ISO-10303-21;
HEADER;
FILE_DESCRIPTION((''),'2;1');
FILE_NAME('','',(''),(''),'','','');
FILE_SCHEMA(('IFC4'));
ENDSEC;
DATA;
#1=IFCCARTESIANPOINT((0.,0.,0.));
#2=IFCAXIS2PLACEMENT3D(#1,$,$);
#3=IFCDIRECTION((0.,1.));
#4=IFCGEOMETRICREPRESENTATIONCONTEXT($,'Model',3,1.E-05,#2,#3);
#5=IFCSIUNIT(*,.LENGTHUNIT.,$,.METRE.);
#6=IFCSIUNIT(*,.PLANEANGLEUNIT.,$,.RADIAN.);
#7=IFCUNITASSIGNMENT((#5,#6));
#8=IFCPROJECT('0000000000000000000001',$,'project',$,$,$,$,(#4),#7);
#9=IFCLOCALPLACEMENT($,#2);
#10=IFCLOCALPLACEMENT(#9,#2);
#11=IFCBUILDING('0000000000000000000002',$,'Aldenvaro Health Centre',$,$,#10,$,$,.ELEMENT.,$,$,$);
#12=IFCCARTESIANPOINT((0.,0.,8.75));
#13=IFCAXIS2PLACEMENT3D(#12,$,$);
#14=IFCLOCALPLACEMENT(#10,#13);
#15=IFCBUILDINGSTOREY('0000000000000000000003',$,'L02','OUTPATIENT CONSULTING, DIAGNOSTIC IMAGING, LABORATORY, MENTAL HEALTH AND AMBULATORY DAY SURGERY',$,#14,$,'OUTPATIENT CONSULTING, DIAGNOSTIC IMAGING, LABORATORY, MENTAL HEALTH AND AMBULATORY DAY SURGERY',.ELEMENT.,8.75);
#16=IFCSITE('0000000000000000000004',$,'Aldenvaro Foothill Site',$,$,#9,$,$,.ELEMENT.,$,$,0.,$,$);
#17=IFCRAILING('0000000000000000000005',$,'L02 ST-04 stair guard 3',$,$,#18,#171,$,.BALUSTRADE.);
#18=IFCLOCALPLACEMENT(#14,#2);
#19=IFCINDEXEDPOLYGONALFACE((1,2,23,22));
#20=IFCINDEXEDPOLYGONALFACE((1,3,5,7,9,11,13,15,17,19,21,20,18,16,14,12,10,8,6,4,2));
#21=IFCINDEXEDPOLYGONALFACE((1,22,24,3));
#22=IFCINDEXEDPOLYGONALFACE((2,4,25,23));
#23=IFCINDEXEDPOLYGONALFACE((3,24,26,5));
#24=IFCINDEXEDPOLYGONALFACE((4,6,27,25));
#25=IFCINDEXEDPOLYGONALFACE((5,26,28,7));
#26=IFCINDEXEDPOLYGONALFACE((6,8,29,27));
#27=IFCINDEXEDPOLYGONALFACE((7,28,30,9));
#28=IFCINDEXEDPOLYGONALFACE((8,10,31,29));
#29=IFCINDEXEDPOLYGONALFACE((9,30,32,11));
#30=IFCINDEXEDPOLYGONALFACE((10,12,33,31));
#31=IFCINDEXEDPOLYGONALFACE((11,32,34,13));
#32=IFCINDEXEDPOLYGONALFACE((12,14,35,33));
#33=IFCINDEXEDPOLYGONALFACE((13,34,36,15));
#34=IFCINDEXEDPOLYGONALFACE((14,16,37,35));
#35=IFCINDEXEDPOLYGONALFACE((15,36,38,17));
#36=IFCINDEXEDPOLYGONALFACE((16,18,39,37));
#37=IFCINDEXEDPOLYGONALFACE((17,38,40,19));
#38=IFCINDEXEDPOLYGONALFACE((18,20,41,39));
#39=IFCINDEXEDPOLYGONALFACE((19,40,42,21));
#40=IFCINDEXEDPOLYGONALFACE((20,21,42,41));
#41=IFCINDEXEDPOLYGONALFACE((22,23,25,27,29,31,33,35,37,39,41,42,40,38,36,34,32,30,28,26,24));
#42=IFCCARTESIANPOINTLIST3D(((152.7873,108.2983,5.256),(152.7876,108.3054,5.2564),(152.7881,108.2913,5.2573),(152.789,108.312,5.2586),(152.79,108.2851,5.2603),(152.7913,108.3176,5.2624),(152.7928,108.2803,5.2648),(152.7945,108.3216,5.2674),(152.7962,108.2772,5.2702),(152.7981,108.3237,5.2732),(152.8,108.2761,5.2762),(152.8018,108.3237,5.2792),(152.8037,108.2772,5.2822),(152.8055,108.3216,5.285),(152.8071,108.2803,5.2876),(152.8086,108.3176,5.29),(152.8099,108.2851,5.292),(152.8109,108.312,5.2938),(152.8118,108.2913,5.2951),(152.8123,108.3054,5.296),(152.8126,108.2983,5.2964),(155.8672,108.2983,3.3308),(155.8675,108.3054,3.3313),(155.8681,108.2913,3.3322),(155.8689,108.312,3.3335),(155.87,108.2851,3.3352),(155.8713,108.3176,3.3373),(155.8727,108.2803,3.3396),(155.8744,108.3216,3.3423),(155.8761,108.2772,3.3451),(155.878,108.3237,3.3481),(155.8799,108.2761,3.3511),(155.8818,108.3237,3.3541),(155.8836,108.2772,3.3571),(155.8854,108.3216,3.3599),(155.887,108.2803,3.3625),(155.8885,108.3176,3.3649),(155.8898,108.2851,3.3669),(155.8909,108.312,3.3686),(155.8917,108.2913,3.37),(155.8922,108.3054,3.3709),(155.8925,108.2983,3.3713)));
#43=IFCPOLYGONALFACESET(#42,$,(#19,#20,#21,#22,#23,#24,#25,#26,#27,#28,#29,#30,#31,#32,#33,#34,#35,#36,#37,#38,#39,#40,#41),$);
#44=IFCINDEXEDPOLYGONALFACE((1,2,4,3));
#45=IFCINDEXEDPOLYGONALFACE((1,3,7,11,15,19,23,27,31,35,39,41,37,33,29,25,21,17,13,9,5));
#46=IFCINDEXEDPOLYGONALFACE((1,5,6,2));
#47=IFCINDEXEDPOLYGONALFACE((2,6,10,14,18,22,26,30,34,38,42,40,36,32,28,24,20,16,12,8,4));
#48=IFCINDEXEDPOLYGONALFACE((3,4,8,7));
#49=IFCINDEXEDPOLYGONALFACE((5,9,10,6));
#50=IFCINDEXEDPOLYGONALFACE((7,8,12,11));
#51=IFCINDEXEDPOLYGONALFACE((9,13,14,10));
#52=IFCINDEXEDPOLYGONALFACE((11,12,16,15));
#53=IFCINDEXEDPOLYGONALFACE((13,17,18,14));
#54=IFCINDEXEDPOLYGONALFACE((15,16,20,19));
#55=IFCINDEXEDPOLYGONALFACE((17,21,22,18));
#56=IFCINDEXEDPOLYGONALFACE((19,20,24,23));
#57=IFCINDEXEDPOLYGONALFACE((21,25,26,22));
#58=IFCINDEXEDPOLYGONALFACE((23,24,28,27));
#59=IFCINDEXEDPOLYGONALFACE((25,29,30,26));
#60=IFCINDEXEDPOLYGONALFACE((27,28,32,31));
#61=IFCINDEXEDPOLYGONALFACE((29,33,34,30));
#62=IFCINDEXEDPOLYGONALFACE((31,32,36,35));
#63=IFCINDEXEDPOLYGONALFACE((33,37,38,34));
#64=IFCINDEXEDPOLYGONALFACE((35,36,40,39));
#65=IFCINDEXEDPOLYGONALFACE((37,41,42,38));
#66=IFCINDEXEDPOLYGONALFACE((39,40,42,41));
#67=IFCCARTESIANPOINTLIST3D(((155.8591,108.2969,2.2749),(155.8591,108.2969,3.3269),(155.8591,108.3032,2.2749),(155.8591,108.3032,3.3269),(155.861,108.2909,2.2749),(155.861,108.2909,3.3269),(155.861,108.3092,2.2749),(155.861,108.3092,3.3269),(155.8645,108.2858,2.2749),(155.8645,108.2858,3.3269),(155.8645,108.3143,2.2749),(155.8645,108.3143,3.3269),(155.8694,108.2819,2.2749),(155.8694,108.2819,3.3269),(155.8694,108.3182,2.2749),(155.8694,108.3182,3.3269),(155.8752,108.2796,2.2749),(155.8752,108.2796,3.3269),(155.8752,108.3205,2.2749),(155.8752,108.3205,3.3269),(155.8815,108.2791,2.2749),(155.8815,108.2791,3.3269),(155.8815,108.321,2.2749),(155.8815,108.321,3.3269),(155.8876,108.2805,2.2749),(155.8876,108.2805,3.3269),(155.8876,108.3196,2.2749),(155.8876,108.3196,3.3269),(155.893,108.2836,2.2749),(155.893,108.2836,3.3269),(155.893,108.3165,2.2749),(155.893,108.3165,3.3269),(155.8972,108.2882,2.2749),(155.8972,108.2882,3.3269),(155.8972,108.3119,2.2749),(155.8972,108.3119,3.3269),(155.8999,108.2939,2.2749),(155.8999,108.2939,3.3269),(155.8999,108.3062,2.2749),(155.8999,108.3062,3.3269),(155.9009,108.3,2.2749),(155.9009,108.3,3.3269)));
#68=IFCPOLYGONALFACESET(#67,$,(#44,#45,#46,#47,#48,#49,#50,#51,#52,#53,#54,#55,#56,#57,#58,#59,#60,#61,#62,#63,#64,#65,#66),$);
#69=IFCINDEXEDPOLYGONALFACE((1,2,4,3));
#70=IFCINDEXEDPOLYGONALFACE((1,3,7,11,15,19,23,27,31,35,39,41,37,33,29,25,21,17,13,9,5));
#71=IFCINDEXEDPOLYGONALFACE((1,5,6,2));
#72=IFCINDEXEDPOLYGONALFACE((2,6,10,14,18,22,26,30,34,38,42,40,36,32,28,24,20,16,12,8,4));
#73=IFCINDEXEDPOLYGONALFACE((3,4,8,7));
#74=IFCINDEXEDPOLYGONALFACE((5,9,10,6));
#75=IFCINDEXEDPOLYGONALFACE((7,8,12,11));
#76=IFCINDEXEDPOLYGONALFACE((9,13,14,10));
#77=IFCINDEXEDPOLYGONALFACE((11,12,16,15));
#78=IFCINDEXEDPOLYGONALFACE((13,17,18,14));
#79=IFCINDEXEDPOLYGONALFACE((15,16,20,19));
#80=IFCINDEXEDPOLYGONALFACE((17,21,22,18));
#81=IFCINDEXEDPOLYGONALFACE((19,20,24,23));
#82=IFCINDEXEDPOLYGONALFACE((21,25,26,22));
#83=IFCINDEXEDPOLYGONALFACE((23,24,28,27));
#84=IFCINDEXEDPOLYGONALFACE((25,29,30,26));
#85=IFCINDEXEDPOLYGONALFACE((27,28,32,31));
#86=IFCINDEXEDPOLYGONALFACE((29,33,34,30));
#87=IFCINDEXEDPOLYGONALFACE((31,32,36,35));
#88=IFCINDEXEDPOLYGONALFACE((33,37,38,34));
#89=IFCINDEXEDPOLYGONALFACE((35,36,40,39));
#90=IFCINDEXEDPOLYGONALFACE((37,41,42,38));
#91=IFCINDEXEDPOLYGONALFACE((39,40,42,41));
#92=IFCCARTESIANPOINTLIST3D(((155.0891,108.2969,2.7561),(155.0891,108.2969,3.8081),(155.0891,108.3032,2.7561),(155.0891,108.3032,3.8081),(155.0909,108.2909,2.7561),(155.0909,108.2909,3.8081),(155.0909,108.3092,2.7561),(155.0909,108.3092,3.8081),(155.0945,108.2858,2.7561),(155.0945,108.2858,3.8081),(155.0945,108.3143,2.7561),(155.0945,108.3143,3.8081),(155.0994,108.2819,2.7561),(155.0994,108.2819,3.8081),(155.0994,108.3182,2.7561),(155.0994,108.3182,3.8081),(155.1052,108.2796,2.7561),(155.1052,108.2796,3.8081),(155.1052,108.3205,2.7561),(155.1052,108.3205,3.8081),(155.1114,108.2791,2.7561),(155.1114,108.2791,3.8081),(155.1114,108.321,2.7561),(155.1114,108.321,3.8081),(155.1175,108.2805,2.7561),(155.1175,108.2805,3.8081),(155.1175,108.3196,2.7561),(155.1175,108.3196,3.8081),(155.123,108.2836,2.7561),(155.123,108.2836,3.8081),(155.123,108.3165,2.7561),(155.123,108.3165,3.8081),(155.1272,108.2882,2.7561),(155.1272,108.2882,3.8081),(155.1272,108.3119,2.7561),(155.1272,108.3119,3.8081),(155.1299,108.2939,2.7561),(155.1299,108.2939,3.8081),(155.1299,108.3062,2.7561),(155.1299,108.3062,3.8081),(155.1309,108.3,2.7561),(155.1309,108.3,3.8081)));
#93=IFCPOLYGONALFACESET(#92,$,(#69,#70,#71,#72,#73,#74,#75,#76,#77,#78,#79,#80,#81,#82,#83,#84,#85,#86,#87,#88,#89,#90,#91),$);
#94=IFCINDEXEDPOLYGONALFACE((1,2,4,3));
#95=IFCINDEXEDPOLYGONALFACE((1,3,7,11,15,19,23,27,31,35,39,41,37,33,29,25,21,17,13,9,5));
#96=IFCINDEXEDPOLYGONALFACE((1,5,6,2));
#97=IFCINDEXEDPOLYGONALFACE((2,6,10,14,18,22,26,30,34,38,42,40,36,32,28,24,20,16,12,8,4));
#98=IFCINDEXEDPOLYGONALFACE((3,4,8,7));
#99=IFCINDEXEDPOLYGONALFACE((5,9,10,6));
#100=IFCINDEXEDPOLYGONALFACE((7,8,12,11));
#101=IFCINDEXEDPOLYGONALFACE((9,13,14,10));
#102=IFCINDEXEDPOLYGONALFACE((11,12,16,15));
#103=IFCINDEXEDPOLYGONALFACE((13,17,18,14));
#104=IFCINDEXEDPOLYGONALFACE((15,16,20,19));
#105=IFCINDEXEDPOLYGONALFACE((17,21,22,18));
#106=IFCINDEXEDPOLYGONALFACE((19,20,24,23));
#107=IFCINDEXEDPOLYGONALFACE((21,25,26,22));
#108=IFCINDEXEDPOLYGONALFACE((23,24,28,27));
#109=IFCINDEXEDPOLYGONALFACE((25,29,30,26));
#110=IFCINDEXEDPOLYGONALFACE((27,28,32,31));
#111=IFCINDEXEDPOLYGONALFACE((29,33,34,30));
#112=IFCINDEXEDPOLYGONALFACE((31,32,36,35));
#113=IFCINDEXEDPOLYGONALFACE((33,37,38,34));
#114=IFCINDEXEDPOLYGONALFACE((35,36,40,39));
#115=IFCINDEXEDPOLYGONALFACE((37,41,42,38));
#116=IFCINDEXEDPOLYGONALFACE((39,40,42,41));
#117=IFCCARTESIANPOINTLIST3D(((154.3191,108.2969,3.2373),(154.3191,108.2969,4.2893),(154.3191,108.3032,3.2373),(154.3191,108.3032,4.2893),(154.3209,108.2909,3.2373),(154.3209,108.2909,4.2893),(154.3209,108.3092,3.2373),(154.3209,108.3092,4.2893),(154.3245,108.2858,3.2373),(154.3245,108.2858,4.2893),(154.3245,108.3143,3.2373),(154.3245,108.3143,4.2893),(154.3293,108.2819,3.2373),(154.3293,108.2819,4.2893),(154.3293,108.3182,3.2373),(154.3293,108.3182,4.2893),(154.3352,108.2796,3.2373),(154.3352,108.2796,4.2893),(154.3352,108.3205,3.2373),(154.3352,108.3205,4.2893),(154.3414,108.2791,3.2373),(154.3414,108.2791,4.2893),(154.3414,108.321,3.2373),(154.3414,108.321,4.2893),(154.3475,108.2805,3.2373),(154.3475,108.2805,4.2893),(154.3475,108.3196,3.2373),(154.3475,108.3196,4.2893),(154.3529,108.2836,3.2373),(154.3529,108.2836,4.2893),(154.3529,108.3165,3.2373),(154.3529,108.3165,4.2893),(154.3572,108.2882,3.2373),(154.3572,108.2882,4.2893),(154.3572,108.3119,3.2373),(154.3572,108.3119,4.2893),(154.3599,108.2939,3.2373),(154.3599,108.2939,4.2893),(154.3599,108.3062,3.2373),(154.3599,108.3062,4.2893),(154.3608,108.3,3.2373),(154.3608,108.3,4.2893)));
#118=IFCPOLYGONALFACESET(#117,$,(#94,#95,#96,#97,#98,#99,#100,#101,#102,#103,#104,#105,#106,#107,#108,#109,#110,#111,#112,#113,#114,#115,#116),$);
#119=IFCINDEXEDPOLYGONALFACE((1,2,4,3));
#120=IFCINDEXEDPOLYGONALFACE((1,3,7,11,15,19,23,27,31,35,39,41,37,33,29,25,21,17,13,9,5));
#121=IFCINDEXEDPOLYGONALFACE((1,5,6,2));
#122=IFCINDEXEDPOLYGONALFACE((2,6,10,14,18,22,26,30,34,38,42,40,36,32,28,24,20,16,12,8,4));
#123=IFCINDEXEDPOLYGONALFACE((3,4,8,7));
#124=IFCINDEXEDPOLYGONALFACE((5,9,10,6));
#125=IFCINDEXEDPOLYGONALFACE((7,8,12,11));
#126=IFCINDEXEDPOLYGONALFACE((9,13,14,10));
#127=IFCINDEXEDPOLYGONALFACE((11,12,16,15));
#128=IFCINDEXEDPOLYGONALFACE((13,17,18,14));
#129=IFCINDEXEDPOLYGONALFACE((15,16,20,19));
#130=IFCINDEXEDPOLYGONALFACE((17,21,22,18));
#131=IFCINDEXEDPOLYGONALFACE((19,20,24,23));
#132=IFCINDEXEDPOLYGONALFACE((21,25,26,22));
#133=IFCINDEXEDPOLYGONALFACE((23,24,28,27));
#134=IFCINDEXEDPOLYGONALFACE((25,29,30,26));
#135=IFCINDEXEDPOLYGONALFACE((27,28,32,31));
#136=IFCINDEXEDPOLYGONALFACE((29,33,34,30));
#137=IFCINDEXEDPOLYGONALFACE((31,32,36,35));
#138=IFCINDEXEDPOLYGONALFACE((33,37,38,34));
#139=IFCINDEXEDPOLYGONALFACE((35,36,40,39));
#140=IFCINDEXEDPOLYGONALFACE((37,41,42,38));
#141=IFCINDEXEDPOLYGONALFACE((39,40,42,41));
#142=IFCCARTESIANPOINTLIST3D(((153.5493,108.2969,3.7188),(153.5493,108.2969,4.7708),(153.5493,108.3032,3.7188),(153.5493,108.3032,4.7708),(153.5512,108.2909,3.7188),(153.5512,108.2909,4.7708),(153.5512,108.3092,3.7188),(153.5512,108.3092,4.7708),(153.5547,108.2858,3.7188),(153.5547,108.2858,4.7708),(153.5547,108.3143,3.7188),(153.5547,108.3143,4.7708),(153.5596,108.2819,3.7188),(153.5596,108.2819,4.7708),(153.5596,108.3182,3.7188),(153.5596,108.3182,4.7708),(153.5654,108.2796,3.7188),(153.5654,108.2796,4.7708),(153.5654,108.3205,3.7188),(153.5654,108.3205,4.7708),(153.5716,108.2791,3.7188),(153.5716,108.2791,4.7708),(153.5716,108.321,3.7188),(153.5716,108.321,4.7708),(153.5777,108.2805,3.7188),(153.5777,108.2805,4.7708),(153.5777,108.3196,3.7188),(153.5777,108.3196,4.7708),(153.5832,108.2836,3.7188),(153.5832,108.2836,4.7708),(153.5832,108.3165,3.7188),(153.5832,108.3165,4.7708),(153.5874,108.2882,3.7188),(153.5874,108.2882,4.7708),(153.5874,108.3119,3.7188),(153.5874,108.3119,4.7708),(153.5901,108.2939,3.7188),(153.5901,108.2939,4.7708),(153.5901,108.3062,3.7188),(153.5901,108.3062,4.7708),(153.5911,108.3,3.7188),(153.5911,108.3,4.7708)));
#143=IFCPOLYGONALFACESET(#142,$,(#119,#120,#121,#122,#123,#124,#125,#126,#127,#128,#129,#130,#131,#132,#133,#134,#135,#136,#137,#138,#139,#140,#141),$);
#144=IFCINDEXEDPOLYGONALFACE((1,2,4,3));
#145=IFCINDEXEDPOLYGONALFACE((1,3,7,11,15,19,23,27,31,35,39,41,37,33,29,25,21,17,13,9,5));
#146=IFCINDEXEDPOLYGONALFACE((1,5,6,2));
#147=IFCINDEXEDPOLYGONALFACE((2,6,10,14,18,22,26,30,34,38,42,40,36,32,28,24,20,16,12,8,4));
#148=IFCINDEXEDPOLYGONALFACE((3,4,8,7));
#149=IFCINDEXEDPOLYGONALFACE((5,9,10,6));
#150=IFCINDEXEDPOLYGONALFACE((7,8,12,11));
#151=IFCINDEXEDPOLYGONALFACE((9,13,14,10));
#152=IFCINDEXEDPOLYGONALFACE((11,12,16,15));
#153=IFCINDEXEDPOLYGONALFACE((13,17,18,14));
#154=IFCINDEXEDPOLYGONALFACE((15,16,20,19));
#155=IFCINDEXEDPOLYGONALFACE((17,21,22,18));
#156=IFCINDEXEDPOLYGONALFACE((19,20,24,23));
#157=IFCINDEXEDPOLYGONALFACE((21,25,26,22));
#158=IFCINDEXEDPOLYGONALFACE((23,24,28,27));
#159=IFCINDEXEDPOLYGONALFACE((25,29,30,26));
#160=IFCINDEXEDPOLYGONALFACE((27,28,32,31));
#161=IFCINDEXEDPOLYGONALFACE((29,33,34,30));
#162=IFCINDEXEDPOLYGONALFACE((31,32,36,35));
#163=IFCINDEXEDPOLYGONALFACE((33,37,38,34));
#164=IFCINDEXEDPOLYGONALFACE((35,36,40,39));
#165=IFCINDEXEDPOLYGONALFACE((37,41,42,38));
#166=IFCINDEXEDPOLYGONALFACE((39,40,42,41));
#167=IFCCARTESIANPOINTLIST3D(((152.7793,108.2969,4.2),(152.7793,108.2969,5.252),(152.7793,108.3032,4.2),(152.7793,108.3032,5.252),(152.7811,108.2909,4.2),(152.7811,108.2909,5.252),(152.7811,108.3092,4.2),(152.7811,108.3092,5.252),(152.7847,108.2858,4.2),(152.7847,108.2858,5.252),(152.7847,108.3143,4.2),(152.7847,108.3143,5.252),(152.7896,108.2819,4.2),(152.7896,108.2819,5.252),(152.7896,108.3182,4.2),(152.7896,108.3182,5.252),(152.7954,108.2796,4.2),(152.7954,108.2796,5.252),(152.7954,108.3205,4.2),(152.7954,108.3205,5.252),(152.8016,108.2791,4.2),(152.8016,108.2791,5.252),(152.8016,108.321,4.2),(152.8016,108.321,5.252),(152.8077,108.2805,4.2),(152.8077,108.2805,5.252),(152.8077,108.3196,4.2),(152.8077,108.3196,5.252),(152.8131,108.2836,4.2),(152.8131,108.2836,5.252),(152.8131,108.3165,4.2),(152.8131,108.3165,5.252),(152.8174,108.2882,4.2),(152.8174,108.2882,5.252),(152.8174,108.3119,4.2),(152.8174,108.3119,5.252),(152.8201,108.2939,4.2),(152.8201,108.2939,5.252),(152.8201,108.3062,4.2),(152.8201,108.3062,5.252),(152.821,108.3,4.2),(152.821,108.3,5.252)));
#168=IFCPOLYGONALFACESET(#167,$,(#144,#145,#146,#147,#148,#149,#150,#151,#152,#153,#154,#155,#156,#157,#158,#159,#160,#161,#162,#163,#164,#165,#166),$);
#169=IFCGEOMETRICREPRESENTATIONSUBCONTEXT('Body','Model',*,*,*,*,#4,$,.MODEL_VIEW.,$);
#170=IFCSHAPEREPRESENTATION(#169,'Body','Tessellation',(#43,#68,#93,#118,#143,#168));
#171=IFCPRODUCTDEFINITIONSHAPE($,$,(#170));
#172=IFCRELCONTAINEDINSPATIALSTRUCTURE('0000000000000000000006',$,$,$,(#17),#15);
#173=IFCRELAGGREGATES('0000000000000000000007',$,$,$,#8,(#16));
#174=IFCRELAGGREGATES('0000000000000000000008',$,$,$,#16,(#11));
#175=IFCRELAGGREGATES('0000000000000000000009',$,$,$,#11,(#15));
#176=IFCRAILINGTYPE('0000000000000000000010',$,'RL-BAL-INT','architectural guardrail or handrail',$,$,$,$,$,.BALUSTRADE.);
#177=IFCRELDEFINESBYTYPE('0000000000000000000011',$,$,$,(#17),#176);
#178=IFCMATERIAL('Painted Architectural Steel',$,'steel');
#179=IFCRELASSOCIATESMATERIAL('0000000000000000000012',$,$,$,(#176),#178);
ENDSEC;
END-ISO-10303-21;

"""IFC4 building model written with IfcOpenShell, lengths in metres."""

from ifc_helpers import new_model, si_unit, direction, frame, origin, origin_2d, place, context, subcontext, project, spatial, circle, extrude, material, type_object, element, save


model = new_model("IFC4")

# Units and contexts
model_context = context("Model", 3, precision=1e-05, world=origin(), true_north=direction((0.0, 1.0)))
body_context = subcontext(model_context, "Body", "Model", "MODEL_VIEW")
ifc_project = project(units=[si_unit("LENGTHUNIT", "METRE"), si_unit("PLANEANGLEUNIT", "RADIAN")], contexts=[model_context])

# Site, building, storey
site_placement = place(None, origin())
site = spatial("IfcSite", under=ifc_project, at=site_placement, Name="Aldenvaro Foothill Site", CompositionType="ELEMENT", RefElevation=0.0)
building_placement = place(site_placement, origin())
building = spatial("IfcBuilding", under=site, at=building_placement, Name="Aldenvaro Health Centre", CompositionType="ELEMENT")
storey_placement = place(building_placement, frame((0.0, 0.0, 8.75)))
storey = spatial("IfcBuildingStorey", under=building, at=storey_placement, Name="L02", Description="OUTPATIENT CONSULTING, DIAGNOSTIC IMAGING, LABORATORY, MENTAL HEALTH AND AMBULATORY DAY SURGERY", LongName="OUTPATIENT CONSULTING, DIAGNOSTIC IMAGING, LABORATORY, MENTAL HEALTH AND AMBULATORY DAY SURGERY", CompositionType="ELEMENT", Elevation=8.75)

# Railing
ifc_material_1 = material(Name="Painted Architectural Steel", Category="steel")
railing_type_1 = type_object("IfcRailingType", Name="RL-BAL-INT", Description="architectural guardrail or handrail", PredefinedType="BALUSTRADE", material=ifc_material_1)
railing_1_placement = place(storey_placement, frame((155.8799, 108.3, 2.2749)))
element("IfcRailing", 1, at=railing_1_placement, inside=storey, type_object=railing_type_1, Name="L02 ST-04 stair guard 3", PredefinedType="BALUSTRADE", context=body_context, shape_type="SweptSolid", body=[
    extrude(circle(Radius=0.0239, at=origin_2d()), frame((0.0, 0.0, 1.0762), z_axis=(-0.847979, 0.0, 0.530029), x_axis=(0.0, -1.0, 0.0)), (0.0, 0.0, 1.0), 3.6321),
    extrude(circle(Radius=0.021, at=origin_2d()), origin(), (0.0, 0.0, 1.0), 1.052),
    extrude(circle(Radius=0.021, at=origin_2d()), frame((-0.77, 0.0, 0.4812)), (0.0, 0.0, 1.0), 1.052),
    extrude(circle(Radius=0.021, at=origin_2d()), frame((-1.54, 0.0, 0.9624)), (0.0, 0.0, 1.0), 1.052),
    extrude(circle(Radius=0.021, at=origin_2d()), frame((-2.3098, 0.0, 1.4438)), (0.0, 0.0, 1.0), 1.052),
    extrude(circle(Radius=0.021, at=origin_2d()), frame((-3.0798, 0.0, 1.925)), (0.0, 0.0, 1.0), 1.052),
])

save(model, "model.ifc")
